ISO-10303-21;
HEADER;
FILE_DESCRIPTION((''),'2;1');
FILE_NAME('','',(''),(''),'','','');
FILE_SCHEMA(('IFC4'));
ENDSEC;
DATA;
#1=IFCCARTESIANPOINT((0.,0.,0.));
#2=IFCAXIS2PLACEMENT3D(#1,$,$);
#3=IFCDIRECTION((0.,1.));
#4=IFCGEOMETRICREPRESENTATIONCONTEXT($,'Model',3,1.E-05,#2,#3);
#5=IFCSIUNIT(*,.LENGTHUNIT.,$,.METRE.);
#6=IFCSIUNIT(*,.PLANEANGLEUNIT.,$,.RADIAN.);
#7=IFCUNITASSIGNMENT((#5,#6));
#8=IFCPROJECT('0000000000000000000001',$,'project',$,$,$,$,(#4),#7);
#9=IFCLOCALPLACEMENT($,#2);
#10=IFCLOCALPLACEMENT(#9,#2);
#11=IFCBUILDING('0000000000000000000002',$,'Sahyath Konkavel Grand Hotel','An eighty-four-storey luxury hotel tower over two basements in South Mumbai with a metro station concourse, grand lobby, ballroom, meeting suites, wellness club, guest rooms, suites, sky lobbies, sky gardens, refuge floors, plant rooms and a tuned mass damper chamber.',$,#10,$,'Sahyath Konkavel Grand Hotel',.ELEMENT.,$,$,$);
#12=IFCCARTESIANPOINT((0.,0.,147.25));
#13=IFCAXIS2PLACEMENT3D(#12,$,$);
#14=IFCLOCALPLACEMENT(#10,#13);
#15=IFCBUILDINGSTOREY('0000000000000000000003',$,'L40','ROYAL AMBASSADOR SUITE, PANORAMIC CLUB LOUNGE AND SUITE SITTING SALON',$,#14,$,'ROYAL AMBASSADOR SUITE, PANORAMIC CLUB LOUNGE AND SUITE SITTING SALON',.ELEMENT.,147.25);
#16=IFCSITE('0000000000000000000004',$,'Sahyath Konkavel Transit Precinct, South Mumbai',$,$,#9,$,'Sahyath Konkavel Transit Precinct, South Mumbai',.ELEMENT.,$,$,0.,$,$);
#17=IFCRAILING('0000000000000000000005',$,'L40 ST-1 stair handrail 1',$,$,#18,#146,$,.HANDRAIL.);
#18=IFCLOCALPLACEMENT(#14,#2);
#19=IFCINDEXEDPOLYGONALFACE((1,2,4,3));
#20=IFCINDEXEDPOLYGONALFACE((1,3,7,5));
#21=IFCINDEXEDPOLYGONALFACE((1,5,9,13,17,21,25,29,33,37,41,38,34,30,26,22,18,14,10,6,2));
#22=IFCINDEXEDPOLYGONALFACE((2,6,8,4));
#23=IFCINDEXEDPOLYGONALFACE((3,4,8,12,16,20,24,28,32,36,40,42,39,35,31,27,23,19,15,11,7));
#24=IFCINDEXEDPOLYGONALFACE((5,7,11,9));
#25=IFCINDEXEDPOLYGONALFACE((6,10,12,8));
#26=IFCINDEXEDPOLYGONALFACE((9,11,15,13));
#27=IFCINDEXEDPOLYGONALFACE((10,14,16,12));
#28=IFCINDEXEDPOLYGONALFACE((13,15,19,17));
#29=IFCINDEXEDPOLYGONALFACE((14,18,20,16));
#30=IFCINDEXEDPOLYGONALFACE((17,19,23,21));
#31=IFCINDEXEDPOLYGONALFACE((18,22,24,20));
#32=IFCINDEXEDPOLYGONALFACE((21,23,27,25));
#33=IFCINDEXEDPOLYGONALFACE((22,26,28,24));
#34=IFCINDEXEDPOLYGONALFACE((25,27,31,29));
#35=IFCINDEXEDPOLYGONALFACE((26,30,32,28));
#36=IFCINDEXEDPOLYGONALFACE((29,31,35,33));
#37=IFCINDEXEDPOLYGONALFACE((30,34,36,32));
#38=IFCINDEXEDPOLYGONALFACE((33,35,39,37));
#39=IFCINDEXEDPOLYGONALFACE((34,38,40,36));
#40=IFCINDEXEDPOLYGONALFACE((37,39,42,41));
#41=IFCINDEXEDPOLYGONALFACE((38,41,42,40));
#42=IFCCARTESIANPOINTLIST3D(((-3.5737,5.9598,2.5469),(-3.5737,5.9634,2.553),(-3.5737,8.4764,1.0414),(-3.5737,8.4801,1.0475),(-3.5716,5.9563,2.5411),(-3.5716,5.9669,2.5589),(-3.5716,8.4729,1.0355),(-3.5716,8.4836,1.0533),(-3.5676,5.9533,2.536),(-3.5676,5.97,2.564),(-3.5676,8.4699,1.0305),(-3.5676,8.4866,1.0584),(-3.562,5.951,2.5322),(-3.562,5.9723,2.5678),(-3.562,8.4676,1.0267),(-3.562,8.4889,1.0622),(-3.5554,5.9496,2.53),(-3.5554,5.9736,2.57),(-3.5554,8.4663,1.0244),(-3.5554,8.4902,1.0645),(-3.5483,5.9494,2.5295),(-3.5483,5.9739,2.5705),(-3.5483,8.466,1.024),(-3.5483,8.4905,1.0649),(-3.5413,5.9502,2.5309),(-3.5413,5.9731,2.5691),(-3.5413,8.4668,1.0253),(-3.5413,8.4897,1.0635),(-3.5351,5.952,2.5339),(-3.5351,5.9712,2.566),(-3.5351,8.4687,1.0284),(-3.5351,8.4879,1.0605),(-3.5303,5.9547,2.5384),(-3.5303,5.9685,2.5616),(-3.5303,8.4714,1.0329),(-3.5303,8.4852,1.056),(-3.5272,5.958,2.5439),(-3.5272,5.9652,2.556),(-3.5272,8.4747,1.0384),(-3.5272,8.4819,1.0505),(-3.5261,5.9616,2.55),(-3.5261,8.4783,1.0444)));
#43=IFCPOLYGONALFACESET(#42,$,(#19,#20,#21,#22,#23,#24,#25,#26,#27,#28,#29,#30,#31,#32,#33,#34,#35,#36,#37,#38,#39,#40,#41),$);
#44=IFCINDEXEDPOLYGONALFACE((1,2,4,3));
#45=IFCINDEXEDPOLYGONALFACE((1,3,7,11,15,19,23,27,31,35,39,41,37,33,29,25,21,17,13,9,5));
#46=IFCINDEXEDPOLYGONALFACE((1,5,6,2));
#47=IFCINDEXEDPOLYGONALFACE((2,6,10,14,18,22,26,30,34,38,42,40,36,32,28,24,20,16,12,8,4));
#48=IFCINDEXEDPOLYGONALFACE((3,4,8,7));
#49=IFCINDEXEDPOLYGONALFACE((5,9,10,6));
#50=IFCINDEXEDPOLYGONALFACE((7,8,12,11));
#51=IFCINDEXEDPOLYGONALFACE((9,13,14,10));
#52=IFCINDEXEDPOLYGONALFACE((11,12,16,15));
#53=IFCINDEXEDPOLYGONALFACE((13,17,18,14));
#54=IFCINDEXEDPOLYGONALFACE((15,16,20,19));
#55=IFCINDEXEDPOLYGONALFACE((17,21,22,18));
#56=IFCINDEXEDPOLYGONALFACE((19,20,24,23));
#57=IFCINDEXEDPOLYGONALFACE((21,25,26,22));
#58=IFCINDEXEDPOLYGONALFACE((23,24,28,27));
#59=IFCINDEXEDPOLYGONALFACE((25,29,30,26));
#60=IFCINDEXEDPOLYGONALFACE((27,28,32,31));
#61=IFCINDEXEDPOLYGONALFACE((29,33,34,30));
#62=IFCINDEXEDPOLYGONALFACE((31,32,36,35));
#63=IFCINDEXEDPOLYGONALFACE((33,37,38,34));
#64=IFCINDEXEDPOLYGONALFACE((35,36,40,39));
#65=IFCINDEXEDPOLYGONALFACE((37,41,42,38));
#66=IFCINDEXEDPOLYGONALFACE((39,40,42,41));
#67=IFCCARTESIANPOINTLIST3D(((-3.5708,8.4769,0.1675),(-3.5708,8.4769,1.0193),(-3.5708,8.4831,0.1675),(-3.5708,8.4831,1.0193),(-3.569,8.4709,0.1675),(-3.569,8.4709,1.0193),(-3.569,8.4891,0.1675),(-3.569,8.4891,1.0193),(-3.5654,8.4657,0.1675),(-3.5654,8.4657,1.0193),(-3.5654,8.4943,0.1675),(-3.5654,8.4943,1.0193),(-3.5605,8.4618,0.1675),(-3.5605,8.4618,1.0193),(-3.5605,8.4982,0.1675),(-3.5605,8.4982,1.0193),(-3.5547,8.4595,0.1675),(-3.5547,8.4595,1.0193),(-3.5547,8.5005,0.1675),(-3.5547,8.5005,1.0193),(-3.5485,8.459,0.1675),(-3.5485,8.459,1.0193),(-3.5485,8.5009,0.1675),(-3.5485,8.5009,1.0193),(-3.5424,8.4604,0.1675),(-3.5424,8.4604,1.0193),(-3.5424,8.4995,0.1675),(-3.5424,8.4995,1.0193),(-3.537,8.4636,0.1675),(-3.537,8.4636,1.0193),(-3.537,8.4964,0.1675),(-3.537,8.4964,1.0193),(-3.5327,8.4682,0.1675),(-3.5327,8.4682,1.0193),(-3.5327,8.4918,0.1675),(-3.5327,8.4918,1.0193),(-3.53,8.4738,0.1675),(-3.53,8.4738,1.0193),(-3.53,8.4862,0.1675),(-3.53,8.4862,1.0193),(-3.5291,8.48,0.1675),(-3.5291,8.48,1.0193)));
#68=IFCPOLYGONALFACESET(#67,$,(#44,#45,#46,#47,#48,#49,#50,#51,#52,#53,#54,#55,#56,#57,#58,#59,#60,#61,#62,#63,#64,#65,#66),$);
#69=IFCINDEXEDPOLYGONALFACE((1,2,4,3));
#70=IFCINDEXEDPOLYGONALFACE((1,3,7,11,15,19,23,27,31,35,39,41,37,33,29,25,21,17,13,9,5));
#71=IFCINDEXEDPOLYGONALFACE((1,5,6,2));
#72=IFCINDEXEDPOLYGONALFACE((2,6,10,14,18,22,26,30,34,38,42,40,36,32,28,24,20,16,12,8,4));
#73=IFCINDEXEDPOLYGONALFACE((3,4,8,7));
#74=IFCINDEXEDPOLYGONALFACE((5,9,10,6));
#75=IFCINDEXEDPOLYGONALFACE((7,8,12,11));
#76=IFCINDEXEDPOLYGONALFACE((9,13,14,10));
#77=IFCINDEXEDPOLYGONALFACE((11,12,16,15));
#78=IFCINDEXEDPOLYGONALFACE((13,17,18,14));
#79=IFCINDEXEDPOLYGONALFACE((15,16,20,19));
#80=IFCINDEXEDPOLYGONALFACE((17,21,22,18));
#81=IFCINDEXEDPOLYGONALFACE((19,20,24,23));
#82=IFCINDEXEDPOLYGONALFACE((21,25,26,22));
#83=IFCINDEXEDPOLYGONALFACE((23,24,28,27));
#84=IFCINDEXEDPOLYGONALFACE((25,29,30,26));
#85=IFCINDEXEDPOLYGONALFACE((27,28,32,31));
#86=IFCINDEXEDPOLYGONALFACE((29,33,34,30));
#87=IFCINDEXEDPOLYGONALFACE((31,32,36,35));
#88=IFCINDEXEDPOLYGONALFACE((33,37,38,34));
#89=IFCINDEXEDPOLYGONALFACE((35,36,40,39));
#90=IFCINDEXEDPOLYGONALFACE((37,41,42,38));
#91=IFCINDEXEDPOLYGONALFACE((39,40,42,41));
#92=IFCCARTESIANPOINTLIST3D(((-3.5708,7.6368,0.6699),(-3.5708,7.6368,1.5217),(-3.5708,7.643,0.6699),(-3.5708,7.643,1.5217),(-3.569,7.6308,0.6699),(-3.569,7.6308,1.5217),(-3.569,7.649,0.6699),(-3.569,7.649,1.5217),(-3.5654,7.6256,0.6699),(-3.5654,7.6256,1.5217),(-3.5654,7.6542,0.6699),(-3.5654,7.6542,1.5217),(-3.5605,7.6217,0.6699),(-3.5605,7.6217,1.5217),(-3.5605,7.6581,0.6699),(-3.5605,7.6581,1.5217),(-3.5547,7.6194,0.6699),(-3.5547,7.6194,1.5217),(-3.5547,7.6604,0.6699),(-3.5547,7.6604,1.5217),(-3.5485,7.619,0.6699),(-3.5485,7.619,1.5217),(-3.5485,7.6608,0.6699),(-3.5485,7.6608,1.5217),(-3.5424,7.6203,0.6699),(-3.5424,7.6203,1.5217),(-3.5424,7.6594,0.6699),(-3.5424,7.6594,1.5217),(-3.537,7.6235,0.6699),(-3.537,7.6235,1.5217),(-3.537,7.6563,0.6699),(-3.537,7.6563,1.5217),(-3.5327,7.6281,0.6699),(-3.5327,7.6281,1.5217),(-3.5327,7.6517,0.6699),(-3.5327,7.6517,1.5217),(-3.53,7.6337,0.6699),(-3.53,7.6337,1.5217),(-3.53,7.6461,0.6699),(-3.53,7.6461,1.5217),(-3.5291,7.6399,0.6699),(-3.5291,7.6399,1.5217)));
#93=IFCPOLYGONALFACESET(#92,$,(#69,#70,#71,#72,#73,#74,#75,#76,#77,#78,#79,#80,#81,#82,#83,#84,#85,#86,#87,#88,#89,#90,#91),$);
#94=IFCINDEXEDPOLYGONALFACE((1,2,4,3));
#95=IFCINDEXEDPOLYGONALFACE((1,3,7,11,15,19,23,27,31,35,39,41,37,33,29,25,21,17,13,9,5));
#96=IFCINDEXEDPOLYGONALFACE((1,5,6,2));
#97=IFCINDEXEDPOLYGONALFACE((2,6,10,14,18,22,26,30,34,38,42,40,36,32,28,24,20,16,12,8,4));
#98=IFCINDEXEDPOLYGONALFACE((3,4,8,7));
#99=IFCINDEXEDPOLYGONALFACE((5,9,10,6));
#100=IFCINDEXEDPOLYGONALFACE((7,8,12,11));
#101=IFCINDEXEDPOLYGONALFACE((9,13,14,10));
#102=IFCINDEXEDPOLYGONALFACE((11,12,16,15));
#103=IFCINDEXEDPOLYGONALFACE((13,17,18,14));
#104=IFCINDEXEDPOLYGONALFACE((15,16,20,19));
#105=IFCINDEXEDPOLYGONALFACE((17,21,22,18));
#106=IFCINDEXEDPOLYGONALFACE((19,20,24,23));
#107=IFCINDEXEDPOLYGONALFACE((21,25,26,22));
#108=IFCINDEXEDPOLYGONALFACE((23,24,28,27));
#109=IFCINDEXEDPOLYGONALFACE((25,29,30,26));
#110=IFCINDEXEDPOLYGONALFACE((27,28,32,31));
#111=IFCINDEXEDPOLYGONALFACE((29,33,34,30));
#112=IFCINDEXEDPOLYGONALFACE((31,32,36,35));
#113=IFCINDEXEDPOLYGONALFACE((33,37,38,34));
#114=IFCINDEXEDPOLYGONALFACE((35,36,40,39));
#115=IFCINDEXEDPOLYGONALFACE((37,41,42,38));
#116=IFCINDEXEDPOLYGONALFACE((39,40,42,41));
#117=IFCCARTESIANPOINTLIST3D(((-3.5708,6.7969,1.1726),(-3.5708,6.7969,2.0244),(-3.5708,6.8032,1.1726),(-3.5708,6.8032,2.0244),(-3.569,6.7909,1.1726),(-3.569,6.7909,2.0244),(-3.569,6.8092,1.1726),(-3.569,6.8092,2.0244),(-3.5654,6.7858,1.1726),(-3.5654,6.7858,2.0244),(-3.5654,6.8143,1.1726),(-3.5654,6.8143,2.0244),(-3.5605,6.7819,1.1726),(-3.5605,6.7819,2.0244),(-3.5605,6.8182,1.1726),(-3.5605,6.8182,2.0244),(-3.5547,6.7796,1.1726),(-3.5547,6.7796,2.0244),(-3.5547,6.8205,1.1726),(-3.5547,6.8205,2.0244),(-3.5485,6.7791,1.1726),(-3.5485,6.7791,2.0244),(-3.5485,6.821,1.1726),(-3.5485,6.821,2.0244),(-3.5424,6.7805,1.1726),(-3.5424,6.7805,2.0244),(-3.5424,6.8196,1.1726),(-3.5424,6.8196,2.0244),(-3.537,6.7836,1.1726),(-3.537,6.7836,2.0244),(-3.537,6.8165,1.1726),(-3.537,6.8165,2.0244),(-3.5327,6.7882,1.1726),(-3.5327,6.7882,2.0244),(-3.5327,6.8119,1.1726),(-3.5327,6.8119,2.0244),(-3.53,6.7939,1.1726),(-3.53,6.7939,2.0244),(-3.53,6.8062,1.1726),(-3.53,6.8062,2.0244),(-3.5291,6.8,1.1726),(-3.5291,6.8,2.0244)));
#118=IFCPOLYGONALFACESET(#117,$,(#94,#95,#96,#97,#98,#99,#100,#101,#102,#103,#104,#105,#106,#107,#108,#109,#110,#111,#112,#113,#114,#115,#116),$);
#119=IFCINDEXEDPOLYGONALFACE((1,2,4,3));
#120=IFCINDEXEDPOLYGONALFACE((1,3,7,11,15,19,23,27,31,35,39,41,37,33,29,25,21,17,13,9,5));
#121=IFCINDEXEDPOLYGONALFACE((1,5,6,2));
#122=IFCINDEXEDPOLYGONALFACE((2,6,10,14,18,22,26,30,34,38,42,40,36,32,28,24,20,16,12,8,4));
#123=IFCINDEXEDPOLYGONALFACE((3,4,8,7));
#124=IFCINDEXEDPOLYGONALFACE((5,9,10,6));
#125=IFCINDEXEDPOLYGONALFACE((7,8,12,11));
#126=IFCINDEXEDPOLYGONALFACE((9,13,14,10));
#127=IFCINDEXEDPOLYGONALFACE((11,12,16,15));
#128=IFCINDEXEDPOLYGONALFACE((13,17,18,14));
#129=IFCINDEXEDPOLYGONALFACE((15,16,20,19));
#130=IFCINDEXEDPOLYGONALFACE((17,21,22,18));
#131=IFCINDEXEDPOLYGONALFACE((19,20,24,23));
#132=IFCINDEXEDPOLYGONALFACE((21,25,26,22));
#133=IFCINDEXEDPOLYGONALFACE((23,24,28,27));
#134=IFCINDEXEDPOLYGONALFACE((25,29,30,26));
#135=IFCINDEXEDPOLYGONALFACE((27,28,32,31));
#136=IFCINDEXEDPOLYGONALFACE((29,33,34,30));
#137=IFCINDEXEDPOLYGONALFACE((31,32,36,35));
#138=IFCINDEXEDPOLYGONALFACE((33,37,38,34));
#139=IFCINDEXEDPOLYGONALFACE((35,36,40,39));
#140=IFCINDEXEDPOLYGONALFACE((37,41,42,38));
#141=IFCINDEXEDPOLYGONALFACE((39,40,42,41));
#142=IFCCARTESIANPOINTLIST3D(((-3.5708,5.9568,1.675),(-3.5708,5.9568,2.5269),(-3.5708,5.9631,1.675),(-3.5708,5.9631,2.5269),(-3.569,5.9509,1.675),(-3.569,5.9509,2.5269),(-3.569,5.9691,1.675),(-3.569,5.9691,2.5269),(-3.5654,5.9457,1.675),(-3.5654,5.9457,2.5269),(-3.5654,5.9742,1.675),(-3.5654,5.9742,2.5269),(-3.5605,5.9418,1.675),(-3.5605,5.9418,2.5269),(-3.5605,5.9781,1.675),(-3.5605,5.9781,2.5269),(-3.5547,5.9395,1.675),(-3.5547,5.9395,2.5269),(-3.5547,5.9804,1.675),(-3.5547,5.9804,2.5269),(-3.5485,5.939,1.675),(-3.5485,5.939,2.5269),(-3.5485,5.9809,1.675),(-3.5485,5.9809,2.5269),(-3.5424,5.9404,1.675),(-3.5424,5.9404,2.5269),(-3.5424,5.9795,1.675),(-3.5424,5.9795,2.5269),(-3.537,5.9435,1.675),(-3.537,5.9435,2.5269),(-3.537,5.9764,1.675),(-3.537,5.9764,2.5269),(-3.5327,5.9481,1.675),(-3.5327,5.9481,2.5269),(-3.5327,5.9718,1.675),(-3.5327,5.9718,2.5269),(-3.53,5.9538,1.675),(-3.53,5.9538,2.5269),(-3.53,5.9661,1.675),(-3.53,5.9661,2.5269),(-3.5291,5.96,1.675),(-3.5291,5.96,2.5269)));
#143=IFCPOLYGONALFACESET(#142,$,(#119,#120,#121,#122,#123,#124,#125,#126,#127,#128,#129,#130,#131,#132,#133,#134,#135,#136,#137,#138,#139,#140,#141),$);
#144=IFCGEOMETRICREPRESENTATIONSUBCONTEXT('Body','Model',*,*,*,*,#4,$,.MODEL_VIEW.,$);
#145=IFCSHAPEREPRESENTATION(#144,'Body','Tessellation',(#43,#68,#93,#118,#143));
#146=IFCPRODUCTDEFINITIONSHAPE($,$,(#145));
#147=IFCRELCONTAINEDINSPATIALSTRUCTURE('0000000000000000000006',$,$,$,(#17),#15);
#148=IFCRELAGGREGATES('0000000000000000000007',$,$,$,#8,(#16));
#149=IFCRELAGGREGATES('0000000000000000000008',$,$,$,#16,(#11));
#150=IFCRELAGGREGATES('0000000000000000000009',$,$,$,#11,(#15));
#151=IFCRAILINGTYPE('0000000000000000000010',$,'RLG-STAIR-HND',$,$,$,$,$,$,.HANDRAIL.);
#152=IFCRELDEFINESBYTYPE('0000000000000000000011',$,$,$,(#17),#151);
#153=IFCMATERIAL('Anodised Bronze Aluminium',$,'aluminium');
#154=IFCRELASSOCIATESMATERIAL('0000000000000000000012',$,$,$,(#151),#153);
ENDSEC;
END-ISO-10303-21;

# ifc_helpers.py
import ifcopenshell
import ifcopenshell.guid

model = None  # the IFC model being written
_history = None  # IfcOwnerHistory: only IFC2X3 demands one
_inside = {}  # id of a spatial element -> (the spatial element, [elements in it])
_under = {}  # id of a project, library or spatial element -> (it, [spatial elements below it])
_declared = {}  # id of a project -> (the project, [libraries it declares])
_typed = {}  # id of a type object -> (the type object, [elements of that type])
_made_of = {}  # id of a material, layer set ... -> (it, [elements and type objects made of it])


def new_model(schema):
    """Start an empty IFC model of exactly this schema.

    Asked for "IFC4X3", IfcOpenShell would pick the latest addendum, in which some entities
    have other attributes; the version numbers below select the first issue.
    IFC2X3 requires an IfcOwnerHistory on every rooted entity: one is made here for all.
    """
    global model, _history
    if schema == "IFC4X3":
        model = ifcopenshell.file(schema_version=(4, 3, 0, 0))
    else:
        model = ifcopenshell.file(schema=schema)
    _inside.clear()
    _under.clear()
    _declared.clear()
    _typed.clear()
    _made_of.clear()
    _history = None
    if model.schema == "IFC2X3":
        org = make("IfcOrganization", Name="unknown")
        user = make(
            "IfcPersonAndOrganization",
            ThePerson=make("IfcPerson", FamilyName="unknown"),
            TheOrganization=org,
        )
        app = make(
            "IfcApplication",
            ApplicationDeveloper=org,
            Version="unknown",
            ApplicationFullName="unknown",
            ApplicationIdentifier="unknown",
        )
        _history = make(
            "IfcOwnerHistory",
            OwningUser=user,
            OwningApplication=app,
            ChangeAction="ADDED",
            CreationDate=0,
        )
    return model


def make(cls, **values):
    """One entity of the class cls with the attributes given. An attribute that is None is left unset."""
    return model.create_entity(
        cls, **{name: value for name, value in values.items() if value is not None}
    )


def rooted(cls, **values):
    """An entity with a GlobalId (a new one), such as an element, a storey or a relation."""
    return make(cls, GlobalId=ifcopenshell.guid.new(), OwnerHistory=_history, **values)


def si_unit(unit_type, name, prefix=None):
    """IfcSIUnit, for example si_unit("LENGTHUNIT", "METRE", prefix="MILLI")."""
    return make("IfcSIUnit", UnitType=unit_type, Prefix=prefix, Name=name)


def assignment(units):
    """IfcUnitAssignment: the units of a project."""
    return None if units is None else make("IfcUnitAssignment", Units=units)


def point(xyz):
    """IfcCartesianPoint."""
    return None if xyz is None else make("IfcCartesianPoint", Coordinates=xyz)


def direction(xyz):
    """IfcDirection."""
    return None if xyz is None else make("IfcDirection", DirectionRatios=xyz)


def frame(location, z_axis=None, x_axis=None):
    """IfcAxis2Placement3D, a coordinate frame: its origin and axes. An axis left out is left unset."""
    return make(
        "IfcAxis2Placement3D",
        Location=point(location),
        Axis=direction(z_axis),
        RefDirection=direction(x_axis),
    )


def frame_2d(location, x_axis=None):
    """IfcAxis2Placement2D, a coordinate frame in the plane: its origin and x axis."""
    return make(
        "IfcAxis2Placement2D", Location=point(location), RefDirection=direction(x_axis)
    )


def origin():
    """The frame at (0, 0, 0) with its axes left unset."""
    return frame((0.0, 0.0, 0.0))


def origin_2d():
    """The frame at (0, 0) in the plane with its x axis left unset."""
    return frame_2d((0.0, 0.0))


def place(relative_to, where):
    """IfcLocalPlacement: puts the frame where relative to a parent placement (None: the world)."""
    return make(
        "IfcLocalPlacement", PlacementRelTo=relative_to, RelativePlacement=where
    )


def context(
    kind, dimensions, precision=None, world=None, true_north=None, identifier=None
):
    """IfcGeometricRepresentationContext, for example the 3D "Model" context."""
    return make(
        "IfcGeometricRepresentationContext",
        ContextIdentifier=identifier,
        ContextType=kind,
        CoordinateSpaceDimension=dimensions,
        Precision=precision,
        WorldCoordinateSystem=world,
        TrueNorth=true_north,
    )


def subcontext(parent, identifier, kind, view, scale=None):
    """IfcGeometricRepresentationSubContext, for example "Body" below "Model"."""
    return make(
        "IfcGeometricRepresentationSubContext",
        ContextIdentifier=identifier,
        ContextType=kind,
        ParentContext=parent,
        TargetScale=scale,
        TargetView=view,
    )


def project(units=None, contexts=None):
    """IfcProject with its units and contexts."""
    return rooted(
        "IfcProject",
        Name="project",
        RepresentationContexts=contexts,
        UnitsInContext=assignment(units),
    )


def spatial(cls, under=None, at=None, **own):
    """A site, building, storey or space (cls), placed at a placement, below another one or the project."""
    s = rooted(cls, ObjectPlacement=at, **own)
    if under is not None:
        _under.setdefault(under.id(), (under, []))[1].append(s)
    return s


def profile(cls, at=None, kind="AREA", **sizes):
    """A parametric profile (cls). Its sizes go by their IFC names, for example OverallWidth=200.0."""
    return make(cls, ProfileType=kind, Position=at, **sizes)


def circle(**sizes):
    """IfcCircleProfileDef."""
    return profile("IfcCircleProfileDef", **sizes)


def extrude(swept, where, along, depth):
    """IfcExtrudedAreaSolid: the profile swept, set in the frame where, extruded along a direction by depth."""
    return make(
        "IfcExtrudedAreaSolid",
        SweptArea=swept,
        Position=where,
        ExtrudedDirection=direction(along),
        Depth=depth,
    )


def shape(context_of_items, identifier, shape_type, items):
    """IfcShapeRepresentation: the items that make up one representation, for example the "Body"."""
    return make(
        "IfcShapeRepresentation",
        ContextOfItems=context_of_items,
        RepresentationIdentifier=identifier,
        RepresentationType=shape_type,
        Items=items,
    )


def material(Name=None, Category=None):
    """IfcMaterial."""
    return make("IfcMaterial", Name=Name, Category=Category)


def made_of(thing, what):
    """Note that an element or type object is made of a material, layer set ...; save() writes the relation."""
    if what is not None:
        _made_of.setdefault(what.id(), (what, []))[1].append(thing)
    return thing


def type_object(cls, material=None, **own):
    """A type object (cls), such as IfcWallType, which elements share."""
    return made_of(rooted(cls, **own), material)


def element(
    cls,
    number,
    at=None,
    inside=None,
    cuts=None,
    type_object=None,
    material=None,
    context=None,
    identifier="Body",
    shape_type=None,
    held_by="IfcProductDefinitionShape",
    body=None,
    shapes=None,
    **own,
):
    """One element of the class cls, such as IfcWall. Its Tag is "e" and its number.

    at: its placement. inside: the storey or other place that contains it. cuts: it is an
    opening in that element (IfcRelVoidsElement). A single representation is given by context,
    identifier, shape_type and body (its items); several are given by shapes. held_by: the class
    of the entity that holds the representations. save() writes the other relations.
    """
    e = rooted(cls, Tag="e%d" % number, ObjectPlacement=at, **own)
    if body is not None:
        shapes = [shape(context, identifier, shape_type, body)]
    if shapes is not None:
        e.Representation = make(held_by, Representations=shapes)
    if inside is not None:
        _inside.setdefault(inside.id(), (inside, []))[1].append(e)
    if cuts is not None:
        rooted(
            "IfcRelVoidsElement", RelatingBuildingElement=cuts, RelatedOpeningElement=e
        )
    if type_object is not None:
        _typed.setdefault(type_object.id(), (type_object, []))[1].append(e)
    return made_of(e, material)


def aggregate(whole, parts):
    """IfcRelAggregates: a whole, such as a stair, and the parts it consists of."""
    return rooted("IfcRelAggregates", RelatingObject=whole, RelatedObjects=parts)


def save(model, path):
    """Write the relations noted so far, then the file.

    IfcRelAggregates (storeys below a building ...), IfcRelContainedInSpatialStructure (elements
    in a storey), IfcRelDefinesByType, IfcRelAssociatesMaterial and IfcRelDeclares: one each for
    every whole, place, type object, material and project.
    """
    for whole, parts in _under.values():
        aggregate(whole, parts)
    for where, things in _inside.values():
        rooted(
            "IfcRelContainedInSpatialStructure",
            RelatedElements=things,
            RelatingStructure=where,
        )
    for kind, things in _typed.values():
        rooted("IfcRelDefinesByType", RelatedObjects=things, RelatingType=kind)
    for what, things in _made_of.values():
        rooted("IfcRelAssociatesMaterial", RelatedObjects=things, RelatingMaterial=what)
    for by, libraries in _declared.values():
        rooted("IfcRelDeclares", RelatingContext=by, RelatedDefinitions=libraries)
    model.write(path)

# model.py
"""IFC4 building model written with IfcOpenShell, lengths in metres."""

from ifc_helpers import new_model, si_unit, direction, frame, origin, origin_2d, place, context, subcontext, project, spatial, circle, extrude, material, type_object, element, save


model = new_model("IFC4")

# Units and contexts
model_context = context("Model", 3, precision=1e-05, world=origin(), true_north=direction((0.0, 1.0)))
body_context = subcontext(model_context, "Body", "Model", "MODEL_VIEW")
ifc_project = project(units=[si_unit("LENGTHUNIT", "METRE"), si_unit("PLANEANGLEUNIT", "RADIAN")], contexts=[model_context])

# Site, building, storey
site_placement = place(None, origin())
site = spatial("IfcSite", under=ifc_project, at=site_placement, Name="Sahyath Konkavel Transit Precinct, South Mumbai", LongName="Sahyath Konkavel Transit Precinct, South Mumbai", CompositionType="ELEMENT", RefElevation=0.0)
building_placement = place(site_placement, origin())
building = spatial("IfcBuilding", under=site, at=building_placement, Name="Sahyath Konkavel Grand Hotel", Description="An eighty-four-storey luxury hotel tower over two basements in South Mumbai with a metro station concourse, grand lobby, ballroom, meeting suites, wellness club, guest rooms, suites, sky lobbies, sky gardens, refuge floors, plant rooms and a tuned mass damper chamber.", LongName="Sahyath Konkavel Grand Hotel", CompositionType="ELEMENT")
storey_placement = place(building_placement, frame((0.0, 0.0, 147.25)))
storey = spatial("IfcBuildingStorey", under=building, at=storey_placement, Name="L40", Description="ROYAL AMBASSADOR SUITE, PANORAMIC CLUB LOUNGE AND SUITE SITTING SALON", LongName="ROYAL AMBASSADOR SUITE, PANORAMIC CLUB LOUNGE AND SUITE SITTING SALON", CompositionType="ELEMENT", Elevation=147.25)

# Shared definitions
ifc_material_1 = material(Name="Anodised Bronze Aluminium", Category="aluminium")

# Railing
railing_type_1 = type_object("IfcRailingType", Name="RLG-STAIR-HND", PredefinedType="HANDRAIL", material=ifc_material_1)
railing_1_placement = place(storey_placement, frame((-3.55, 8.48, 0.1675)))
element("IfcRailing", 1, at=railing_1_placement, inside=storey, type_object=railing_type_1, Name="L40 ST-1 stair handrail 1", PredefinedType="HANDRAIL", context=body_context, shape_type="SweptSolid", body=[
    extrude(circle(Radius=0.0239, at=origin_2d()), frame((0.0, -0.0017, 0.877), z_axis=(0.0, -0.85816, 0.513383), x_axis=(1.0, 0.0, 0.0)), (0.0, 0.0, 1.0), 2.9326),
    extrude(circle(Radius=0.021, at=origin_2d()), origin(), (0.0, 0.0, 1.0), 0.8518),
    extrude(circle(Radius=0.021, at=origin_2d()), frame((0.0, -0.8401, 0.5024)), (0.0, 0.0, 1.0), 0.8518),
    extrude(circle(Radius=0.021, at=origin_2d()), frame((0.0, -1.6799, 1.0051)), (0.0, 0.0, 1.0), 0.8518),
    extrude(circle(Radius=0.021, at=origin_2d()), frame((0.0, -2.52, 1.5076)), (0.0, 0.0, 1.0), 0.8518),
])

save(model, "model.ifc")
